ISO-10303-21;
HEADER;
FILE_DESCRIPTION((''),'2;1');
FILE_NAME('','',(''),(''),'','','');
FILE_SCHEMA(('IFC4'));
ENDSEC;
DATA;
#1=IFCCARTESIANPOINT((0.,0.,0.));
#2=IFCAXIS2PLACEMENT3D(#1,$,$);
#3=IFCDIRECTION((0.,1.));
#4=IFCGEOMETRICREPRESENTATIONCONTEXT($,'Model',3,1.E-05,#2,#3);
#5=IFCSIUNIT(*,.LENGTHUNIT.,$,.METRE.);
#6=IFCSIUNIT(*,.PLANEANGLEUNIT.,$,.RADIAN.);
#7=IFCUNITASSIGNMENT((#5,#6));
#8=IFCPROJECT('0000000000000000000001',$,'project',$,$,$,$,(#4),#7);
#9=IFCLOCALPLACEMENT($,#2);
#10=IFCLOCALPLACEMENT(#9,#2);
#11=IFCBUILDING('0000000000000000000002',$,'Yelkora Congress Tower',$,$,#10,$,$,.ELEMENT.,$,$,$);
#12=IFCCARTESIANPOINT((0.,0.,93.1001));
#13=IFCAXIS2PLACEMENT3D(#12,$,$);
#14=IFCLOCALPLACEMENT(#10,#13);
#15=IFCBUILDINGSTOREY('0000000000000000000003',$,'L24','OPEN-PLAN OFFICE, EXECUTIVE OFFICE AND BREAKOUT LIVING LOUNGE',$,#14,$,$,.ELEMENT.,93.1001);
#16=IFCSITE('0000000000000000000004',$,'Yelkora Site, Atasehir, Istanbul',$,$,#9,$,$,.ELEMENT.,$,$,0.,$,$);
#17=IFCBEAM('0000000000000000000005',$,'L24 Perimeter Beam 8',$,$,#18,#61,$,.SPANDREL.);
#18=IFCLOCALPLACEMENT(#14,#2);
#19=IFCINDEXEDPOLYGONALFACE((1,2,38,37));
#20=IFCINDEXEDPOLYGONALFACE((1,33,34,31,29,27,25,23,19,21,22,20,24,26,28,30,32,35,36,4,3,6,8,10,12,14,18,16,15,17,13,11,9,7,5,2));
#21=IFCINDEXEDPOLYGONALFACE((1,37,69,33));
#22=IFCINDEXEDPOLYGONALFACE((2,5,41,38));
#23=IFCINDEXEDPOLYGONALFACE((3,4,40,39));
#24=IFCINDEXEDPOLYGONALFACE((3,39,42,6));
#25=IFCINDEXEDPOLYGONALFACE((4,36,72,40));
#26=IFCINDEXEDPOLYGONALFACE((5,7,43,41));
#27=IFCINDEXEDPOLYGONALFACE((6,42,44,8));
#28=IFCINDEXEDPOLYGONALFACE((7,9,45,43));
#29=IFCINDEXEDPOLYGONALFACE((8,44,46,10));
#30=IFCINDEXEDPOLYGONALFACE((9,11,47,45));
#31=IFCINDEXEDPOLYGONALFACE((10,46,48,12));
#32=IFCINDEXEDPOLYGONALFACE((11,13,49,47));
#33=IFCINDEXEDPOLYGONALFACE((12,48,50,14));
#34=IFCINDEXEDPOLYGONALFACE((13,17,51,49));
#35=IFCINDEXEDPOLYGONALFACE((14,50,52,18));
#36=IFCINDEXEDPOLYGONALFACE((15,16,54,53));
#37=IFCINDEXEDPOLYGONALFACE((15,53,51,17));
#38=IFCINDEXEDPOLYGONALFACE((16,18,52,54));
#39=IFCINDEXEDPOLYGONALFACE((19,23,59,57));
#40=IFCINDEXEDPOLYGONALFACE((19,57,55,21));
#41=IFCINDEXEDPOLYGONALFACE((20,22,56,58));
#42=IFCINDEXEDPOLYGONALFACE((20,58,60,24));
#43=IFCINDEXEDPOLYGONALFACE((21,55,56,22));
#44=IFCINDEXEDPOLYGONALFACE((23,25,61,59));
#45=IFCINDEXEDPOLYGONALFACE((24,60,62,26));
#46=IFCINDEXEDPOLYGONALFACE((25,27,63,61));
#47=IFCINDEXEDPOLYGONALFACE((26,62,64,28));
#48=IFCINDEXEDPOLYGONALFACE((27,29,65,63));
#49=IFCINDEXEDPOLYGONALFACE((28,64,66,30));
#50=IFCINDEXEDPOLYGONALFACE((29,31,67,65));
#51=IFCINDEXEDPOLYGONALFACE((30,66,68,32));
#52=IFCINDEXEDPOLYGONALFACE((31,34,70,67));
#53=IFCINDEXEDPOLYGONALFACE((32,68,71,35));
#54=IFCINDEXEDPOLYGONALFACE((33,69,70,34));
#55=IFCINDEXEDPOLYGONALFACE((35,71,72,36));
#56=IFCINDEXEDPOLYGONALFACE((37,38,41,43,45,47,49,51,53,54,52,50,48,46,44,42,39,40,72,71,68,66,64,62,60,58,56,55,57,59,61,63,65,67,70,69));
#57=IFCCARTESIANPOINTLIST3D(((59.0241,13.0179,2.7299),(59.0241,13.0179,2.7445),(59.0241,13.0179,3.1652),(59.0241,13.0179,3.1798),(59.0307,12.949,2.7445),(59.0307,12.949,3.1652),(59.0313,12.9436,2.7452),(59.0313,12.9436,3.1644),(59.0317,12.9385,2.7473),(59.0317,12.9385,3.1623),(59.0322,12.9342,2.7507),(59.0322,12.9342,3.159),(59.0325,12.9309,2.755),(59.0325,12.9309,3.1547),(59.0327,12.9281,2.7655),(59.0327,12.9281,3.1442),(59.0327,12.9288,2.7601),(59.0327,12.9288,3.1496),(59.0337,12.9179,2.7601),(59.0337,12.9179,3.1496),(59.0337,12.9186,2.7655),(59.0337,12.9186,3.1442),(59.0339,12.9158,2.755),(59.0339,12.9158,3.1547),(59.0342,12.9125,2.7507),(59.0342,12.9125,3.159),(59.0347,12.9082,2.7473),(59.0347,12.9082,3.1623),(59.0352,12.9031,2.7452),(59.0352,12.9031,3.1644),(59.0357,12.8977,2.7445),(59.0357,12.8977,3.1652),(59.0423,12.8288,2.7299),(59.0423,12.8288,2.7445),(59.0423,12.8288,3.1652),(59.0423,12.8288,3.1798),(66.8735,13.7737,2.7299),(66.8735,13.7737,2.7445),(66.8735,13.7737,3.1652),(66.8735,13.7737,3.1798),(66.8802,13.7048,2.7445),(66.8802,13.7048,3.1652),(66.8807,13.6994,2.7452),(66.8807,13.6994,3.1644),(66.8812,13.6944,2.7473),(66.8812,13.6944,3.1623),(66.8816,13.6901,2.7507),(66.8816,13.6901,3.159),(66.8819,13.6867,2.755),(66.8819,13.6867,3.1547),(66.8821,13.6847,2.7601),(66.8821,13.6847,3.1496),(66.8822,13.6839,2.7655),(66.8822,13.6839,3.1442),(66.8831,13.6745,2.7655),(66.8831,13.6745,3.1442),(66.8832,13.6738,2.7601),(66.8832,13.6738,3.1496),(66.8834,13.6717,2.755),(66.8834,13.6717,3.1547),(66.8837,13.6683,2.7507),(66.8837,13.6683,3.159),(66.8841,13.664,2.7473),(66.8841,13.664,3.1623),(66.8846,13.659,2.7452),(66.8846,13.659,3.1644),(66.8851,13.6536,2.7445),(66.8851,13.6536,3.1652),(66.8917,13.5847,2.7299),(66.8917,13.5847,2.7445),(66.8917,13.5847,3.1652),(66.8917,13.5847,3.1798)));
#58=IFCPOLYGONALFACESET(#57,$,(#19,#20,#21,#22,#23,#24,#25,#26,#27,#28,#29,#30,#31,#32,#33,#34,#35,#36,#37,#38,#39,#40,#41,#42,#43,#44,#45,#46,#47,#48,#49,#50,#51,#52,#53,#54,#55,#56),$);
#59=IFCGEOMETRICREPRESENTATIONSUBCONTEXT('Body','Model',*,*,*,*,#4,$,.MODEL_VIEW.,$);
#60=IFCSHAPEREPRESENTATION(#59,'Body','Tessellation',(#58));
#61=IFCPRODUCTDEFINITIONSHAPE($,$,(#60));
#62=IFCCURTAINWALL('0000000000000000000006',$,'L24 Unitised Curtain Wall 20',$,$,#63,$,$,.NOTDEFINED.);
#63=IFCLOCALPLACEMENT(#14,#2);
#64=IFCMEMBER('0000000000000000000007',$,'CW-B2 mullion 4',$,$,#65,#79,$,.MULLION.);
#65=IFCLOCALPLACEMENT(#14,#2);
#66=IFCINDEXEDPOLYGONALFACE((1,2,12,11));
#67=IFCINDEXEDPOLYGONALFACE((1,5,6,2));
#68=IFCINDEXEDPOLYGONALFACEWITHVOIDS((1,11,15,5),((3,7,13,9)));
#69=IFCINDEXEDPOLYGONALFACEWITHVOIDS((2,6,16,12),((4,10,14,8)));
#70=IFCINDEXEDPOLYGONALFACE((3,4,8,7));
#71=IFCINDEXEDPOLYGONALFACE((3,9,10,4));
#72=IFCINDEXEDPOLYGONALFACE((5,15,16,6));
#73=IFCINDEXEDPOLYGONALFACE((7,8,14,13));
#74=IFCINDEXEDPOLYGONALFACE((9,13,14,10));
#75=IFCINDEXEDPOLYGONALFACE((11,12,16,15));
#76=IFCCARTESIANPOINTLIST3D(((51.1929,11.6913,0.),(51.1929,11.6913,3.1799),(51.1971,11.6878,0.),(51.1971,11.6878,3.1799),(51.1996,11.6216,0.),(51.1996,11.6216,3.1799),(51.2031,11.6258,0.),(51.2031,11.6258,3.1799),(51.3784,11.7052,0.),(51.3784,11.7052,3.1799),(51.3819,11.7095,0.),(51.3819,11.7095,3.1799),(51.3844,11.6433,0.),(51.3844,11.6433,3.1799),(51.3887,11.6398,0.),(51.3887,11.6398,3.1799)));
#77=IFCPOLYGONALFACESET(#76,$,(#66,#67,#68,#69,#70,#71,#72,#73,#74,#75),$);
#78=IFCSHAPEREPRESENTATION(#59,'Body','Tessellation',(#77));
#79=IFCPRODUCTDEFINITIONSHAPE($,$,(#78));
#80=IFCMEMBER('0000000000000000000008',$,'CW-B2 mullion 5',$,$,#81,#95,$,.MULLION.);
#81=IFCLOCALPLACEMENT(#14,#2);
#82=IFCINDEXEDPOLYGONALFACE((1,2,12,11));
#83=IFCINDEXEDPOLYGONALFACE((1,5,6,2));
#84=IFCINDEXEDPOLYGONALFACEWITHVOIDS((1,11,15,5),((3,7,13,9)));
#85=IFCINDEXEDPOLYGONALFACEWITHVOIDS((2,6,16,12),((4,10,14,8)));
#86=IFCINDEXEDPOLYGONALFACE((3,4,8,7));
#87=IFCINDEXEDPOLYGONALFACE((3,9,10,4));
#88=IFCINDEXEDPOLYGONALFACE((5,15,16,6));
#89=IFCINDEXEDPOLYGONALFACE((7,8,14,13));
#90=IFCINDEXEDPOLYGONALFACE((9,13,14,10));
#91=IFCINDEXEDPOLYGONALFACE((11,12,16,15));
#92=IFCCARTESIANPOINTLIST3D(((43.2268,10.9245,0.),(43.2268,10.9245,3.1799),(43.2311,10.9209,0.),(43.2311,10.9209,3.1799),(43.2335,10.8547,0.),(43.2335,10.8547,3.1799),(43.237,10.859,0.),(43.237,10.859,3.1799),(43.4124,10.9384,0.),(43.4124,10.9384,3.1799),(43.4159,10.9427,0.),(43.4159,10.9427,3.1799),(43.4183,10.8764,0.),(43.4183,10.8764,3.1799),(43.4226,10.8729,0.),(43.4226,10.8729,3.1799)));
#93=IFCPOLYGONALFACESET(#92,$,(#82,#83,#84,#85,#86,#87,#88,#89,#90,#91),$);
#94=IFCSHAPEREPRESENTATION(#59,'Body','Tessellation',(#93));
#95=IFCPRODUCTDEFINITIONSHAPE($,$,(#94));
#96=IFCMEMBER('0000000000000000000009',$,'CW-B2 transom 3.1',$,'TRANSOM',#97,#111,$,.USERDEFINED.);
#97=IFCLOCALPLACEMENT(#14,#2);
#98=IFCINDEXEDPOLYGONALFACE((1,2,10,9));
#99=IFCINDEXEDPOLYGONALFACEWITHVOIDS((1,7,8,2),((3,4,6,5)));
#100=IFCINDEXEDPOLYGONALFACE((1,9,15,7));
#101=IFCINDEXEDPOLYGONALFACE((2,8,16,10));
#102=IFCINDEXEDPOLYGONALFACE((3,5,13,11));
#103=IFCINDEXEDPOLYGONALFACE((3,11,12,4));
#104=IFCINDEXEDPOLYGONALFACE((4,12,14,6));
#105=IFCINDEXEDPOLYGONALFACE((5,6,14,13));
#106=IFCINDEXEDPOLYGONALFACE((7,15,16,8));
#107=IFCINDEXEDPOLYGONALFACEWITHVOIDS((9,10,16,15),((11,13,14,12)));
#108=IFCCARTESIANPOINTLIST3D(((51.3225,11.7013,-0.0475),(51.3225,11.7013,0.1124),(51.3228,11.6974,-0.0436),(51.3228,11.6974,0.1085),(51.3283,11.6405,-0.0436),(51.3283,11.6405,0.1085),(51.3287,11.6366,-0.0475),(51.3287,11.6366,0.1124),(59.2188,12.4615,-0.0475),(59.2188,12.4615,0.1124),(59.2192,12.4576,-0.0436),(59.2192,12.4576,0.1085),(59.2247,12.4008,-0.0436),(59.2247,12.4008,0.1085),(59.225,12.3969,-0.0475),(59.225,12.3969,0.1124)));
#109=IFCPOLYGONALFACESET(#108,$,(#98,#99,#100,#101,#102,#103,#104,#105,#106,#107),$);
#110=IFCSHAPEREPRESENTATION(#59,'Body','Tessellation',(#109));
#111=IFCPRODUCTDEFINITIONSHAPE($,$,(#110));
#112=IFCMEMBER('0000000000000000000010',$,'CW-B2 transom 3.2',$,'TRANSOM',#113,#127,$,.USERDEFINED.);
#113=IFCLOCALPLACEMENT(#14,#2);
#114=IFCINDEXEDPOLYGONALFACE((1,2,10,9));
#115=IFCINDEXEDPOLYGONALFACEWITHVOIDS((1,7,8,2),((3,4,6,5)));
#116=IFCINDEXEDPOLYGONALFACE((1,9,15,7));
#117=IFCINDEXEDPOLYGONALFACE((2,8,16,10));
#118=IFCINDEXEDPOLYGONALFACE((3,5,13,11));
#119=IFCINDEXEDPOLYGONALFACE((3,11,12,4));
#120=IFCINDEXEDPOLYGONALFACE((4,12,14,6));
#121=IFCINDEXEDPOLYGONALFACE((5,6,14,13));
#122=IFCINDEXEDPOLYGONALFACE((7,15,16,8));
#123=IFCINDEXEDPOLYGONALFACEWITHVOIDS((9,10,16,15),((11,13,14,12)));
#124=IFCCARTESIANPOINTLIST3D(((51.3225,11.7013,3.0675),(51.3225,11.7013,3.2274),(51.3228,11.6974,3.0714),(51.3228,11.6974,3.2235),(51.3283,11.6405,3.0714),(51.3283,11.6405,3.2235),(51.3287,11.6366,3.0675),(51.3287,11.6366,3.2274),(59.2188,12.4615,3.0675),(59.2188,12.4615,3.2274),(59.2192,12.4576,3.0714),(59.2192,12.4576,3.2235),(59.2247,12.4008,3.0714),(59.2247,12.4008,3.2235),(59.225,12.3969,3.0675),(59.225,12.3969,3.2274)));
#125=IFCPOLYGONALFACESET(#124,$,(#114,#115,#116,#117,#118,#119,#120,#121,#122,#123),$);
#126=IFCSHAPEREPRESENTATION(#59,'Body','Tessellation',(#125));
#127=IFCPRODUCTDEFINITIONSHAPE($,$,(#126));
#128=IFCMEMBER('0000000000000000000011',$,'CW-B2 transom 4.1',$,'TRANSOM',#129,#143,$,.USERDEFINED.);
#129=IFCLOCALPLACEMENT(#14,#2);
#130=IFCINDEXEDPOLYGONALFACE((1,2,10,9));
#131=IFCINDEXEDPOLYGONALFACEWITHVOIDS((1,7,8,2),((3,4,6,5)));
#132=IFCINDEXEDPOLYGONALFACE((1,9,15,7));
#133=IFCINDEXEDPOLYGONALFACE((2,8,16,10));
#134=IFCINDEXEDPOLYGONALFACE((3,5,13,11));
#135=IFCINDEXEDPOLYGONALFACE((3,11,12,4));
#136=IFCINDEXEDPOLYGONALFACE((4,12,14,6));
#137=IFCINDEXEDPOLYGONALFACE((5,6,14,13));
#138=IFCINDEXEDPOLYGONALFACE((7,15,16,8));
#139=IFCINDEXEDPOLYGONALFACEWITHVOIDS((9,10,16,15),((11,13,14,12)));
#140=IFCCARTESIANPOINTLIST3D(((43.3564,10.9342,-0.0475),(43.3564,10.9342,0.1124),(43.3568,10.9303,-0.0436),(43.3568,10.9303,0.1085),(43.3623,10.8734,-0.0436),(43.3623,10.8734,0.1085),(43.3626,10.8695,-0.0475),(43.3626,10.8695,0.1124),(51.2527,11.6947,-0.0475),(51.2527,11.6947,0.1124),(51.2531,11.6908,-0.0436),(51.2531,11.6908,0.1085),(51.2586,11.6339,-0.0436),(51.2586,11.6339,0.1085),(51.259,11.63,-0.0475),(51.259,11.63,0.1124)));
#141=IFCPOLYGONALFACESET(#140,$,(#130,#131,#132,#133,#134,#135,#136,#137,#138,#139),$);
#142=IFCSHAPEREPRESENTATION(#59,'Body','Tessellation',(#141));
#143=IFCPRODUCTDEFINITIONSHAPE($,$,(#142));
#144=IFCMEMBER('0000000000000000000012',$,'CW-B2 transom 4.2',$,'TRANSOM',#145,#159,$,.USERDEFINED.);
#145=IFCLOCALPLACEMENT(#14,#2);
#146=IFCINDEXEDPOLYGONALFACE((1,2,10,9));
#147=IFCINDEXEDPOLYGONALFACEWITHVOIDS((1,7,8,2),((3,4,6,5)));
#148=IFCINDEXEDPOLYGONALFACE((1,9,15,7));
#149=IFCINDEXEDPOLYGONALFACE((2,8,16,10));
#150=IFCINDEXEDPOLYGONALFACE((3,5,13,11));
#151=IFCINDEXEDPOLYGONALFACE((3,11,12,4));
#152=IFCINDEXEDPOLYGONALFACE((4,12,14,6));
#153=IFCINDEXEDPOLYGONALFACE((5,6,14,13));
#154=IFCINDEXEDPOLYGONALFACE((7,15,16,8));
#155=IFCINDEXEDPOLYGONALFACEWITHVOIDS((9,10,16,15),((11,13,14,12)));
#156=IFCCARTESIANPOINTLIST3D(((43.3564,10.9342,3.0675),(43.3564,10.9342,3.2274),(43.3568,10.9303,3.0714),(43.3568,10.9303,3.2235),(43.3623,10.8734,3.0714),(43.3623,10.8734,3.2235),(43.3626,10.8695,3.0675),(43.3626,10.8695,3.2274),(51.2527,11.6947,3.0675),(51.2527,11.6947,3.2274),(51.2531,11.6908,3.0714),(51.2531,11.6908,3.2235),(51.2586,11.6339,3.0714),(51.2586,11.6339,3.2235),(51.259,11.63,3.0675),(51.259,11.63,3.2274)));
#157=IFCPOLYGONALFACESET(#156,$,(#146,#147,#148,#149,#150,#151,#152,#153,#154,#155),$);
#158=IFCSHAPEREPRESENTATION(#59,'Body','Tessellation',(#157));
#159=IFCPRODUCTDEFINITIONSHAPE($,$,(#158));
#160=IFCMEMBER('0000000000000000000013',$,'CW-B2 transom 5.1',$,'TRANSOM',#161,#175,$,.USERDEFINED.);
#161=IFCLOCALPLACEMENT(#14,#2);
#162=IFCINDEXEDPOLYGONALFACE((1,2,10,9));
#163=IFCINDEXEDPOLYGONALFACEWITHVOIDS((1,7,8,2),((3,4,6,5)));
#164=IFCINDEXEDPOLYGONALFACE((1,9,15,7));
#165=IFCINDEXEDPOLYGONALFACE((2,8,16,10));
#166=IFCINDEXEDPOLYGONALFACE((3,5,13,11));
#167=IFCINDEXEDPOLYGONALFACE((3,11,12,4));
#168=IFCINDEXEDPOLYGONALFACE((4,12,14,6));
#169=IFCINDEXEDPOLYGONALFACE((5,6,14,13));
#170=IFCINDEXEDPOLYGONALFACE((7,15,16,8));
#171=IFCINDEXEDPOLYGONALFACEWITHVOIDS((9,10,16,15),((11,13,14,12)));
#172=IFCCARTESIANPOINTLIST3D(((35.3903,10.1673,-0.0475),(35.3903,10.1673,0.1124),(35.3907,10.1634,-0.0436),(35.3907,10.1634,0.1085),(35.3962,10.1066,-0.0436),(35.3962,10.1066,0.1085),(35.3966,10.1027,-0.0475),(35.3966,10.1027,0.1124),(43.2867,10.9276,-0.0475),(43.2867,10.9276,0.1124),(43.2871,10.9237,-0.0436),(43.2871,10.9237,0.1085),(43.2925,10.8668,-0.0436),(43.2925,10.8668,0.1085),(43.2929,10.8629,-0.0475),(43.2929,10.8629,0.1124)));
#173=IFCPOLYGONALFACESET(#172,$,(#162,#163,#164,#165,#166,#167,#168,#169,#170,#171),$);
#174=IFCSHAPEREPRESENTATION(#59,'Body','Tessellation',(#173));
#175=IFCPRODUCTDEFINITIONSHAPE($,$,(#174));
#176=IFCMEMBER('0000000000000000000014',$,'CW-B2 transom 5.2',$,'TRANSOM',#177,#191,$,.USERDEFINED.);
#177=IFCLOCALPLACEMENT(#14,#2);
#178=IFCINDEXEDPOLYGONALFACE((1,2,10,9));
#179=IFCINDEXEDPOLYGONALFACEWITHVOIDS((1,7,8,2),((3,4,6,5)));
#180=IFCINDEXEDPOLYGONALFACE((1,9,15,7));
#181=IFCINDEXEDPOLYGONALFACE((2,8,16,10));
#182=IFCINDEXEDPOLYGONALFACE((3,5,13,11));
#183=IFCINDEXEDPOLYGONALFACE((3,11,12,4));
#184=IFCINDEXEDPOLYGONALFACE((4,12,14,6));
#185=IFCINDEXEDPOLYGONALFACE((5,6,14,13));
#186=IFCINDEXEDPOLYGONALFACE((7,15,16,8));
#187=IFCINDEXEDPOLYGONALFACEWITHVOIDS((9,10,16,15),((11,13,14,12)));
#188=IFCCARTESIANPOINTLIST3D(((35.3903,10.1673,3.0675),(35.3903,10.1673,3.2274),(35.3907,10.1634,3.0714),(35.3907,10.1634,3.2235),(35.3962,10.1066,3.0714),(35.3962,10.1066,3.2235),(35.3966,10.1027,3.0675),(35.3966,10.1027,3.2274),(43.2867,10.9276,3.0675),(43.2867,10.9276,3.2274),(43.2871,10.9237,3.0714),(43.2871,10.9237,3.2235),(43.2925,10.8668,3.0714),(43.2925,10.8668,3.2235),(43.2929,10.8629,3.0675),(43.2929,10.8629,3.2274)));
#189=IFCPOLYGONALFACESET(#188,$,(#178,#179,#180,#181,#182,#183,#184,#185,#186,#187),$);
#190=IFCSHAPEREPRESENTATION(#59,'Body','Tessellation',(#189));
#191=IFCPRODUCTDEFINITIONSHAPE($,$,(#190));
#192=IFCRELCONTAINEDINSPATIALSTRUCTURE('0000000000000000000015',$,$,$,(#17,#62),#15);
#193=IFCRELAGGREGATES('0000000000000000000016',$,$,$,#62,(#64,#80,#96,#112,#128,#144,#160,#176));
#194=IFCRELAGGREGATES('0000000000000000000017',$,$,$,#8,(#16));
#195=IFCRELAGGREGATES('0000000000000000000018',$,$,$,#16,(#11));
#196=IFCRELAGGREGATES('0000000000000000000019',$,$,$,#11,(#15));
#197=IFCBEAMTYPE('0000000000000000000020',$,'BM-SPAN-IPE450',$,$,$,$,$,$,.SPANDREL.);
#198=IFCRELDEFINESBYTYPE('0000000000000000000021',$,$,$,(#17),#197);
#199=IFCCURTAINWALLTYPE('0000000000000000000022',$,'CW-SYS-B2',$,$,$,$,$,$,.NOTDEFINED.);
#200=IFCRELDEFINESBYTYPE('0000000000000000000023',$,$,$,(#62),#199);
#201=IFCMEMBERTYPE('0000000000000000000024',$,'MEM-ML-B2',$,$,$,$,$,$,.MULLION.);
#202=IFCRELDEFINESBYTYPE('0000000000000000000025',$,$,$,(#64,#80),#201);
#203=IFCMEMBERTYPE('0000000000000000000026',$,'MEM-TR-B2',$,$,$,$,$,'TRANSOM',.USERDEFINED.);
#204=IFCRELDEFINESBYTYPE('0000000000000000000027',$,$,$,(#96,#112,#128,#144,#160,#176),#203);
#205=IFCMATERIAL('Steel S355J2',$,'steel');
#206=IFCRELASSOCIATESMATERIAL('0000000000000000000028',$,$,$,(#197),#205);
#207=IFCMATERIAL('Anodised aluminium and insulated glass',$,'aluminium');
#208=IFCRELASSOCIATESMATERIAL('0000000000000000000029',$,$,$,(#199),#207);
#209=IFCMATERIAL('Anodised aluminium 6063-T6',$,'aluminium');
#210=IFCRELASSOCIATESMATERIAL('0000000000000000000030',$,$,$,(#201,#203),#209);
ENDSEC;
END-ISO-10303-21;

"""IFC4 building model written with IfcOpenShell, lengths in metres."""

from ifc_helpers import new_model, si_unit, direction, frame, origin, origin_2d, place, context, subcontext, project, spatial, hollow_rectangle, i_section, extrude, material, material_profile, profile_set, type_object, element, aggregate, save


model = new_model("IFC4")

# Units and contexts
model_context = context("Model", 3, precision=1e-05, world=origin(), true_north=direction((0.0, 1.0)))
body_context = subcontext(model_context, "Body", "Model", "MODEL_VIEW")
ifc_project = project(units=[si_unit("LENGTHUNIT", "METRE"), si_unit("PLANEANGLEUNIT", "RADIAN")], contexts=[model_context])

# Site, building, storey
site_placement = place(None, origin())
site = spatial("IfcSite", under=ifc_project, at=site_placement, Name="Yelkora Site, Atasehir, Istanbul", CompositionType="ELEMENT", RefElevation=0.0)
building_placement = place(site_placement, origin())
building = spatial("IfcBuilding", under=site, at=building_placement, Name="Yelkora Congress Tower", CompositionType="ELEMENT")
storey_placement = place(building_placement, frame((0.0, 0.0, 93.1001)))
storey = spatial("IfcBuildingStorey", under=building, at=storey_placement, Name="L24", Description="OPEN-PLAN OFFICE, EXECUTIVE OFFICE AND BREAKOUT LIVING LOUNGE", CompositionType="ELEMENT", Elevation=93.1001)

# Beam
ifc_material_1 = material(Name="Steel S355J2", Category="steel")
ifc_material_profile_1 = material_profile(ifc_material_1, i_section(OverallWidth=0.1899, OverallDepth=0.45, WebThickness=0.0095, FlangeThickness=0.0146, FilletRadius=0.021, at=origin_2d()), Name="IPE 450")
ifc_profile_set_1 = profile_set([ifc_material_profile_1], Name="Steel S355J2")
beam_type_1 = type_object("IfcBeamType", Name="BM-SPAN-IPE450", PredefinedType="SPANDREL", material=ifc_profile_set_1)
beam_1_placement = place(storey_placement, frame((59.0332, 12.9233, 2.9548), z_axis=(0.995396, 0.095852, 0.0), x_axis=(-0.095852, 0.995396, 0.0)))
element("IfcBeam", 1, at=beam_1_placement, inside=storey, type_object=beam_type_1, Name="L24 Perimeter Beam 8", PredefinedType="SPANDREL", context=body_context, shape_type="SweptSolid", body=[
    extrude(i_section(OverallWidth=0.1899, OverallDepth=0.45, WebThickness=0.0095, FlangeThickness=0.0146, FilletRadius=0.021, at=origin_2d()), origin(), (0.0, 0.0, 1.0), 7.8857),
])

# Curtain wall, members
ifc_material_2 = material(Name="Anodised aluminium and insulated glass", Category="aluminium")
curtain_wall_type = type_object("IfcCurtainWallType", Name="CW-SYS-B2", PredefinedType="NOTDEFINED", material=ifc_material_2)
curtain_wall_placement = place(storey_placement, origin())
curtain_wall = element("IfcCurtainWall", 2, at=curtain_wall_placement, inside=storey, type_object=curtain_wall_type, Name="L24 Unitised Curtain Wall 20", PredefinedType="NOTDEFINED")
ifc_material_3 = material(Name="Anodised aluminium 6063-T6", Category="aluminium")
ifc_material_profile_2 = material_profile(ifc_material_3, hollow_rectangle(XDim=0.0701, YDim=0.1899, WallThickness=0.0039, at=origin_2d()), Name="ALU 70x190x4")
ifc_profile_set_2 = profile_set([ifc_material_profile_2], Name="Anodised aluminium 6063-T6")
member_type_1 = type_object("IfcMemberType", Name="MEM-ML-B2", PredefinedType="MULLION", material=ifc_profile_set_2)
member_1_placement = place(storey_placement, frame((51.2908, 11.6655, 0.0), z_axis=(0.0, 0.0, 1.0), x_axis=(0.095844, -0.995396, 0.0)))
member_1 = element("IfcMember", 3, at=member_1_placement, type_object=member_type_1, Name="CW-B2 mullion 4", PredefinedType="MULLION", context=body_context, shape_type="SweptSolid", body=[
    extrude(hollow_rectangle(XDim=0.0701, YDim=0.1899, WallThickness=0.0039, at=origin_2d()), origin(), (0.0, 0.0, 1.0), 3.1799),
])
member_2_placement = place(storey_placement, frame((43.3247, 10.8987, 0.0), z_axis=(0.0, 0.0, 1.0), x_axis=(0.095844, -0.995396, 0.0)))
member_2 = element("IfcMember", 4, at=member_2_placement, type_object=member_type_1, Name="CW-B2 mullion 5", PredefinedType="MULLION", context=body_context, shape_type="SweptSolid", body=[
    extrude(hollow_rectangle(XDim=0.0701, YDim=0.1899, WallThickness=0.0039, at=origin_2d()), origin(), (0.0, 0.0, 1.0), 3.1799),
])
ifc_material_profile_3 = material_profile(ifc_material_3, hollow_rectangle(XDim=0.0649, YDim=0.1599, WallThickness=0.0039, at=origin_2d()), Name="ALU 65x160x4")
ifc_profile_set_3 = profile_set([ifc_material_profile_3], Name="Anodised aluminium 6063-T6")
member_type_2 = type_object("IfcMemberType", Name="MEM-TR-B2", ElementType="TRANSOM", PredefinedType="USERDEFINED", material=ifc_profile_set_3)
member_3_placement = place(storey_placement, frame((59.2219, 12.4292, 0.0325), z_axis=(-0.995397, -0.095837, 0.0), x_axis=(0.095837, -0.995397, 0.0)))
member_3 = element("IfcMember", 5, at=member_3_placement, type_object=member_type_2, Name="CW-B2 transom 3.1", ObjectType="TRANSOM", PredefinedType="USERDEFINED", context=body_context, shape_type="SweptSolid", body=[
    extrude(hollow_rectangle(XDim=0.0649, YDim=0.1599, WallThickness=0.0039, at=origin_2d()), origin(), (0.0, 0.0, 1.0), 7.9329),
])
member_4_placement = place(storey_placement, frame((59.2219, 12.4292, 3.1475), z_axis=(-0.995397, -0.095837, 0.0), x_axis=(0.095837, -0.995397, 0.0)))
member_4 = element("IfcMember", 6, at=member_4_placement, type_object=member_type_2, Name="CW-B2 transom 3.2", ObjectType="TRANSOM", PredefinedType="USERDEFINED", context=body_context, shape_type="SweptSolid", body=[
    extrude(hollow_rectangle(XDim=0.0649, YDim=0.1599, WallThickness=0.0039, at=origin_2d()), origin(), (0.0, 0.0, 1.0), 7.9329),
])
member_5_placement = place(storey_placement, frame((51.2559, 11.6624, 0.0325), z_axis=(-0.995394, -0.095868, 0.0), x_axis=(0.095868, -0.995394, 0.0)))
member_5 = element("IfcMember", 7, at=member_5_placement, type_object=member_type_2, Name="CW-B2 transom 4.1", ObjectType="TRANSOM", PredefinedType="USERDEFINED", context=body_context, shape_type="SweptSolid", body=[
    extrude(hollow_rectangle(XDim=0.0649, YDim=0.1599, WallThickness=0.0039, at=origin_2d()), origin(), (0.0, 0.0, 1.0), 7.9329),
])
member_6_placement = place(storey_placement, frame((51.2559, 11.6624, 3.1475), z_axis=(-0.995394, -0.095868, 0.0), x_axis=(0.095868, -0.995394, 0.0)))
member_6 = element("IfcMember", 8, at=member_6_placement, type_object=member_type_2, Name="CW-B2 transom 4.2", ObjectType="TRANSOM", PredefinedType="USERDEFINED", context=body_context, shape_type="SweptSolid", body=[
    extrude(hollow_rectangle(XDim=0.0649, YDim=0.1599, WallThickness=0.0039, at=origin_2d()), origin(), (0.0, 0.0, 1.0), 7.9329),
])
member_7_placement = place(storey_placement, frame((43.2898, 10.8953, 0.0325), z_axis=(-0.995397, -0.095837, 0.0), x_axis=(0.095837, -0.995397, 0.0)))
member_7 = element("IfcMember", 9, at=member_7_placement, type_object=member_type_2, Name="CW-B2 transom 5.1", ObjectType="TRANSOM", PredefinedType="USERDEFINED", context=body_context, shape_type="SweptSolid", body=[
    extrude(hollow_rectangle(XDim=0.0649, YDim=0.1599, WallThickness=0.0039, at=origin_2d()), origin(), (0.0, 0.0, 1.0), 7.9329),
])
member_8_placement = place(storey_placement, frame((43.2898, 10.8953, 3.1475), z_axis=(-0.995397, -0.095837, 0.0), x_axis=(0.095837, -0.995397, 0.0)))
member_8 = element("IfcMember", 10, at=member_8_placement, type_object=member_type_2, Name="CW-B2 transom 5.2", ObjectType="TRANSOM", PredefinedType="USERDEFINED", context=body_context, shape_type="SweptSolid", body=[
    extrude(hollow_rectangle(XDim=0.0649, YDim=0.1599, WallThickness=0.0039, at=origin_2d()), origin(), (0.0, 0.0, 1.0), 7.9329),
])
aggregate(curtain_wall, [member_1, member_2, member_3, member_4, member_5, member_6, member_7, member_8])

save(model, "model.ifc")
